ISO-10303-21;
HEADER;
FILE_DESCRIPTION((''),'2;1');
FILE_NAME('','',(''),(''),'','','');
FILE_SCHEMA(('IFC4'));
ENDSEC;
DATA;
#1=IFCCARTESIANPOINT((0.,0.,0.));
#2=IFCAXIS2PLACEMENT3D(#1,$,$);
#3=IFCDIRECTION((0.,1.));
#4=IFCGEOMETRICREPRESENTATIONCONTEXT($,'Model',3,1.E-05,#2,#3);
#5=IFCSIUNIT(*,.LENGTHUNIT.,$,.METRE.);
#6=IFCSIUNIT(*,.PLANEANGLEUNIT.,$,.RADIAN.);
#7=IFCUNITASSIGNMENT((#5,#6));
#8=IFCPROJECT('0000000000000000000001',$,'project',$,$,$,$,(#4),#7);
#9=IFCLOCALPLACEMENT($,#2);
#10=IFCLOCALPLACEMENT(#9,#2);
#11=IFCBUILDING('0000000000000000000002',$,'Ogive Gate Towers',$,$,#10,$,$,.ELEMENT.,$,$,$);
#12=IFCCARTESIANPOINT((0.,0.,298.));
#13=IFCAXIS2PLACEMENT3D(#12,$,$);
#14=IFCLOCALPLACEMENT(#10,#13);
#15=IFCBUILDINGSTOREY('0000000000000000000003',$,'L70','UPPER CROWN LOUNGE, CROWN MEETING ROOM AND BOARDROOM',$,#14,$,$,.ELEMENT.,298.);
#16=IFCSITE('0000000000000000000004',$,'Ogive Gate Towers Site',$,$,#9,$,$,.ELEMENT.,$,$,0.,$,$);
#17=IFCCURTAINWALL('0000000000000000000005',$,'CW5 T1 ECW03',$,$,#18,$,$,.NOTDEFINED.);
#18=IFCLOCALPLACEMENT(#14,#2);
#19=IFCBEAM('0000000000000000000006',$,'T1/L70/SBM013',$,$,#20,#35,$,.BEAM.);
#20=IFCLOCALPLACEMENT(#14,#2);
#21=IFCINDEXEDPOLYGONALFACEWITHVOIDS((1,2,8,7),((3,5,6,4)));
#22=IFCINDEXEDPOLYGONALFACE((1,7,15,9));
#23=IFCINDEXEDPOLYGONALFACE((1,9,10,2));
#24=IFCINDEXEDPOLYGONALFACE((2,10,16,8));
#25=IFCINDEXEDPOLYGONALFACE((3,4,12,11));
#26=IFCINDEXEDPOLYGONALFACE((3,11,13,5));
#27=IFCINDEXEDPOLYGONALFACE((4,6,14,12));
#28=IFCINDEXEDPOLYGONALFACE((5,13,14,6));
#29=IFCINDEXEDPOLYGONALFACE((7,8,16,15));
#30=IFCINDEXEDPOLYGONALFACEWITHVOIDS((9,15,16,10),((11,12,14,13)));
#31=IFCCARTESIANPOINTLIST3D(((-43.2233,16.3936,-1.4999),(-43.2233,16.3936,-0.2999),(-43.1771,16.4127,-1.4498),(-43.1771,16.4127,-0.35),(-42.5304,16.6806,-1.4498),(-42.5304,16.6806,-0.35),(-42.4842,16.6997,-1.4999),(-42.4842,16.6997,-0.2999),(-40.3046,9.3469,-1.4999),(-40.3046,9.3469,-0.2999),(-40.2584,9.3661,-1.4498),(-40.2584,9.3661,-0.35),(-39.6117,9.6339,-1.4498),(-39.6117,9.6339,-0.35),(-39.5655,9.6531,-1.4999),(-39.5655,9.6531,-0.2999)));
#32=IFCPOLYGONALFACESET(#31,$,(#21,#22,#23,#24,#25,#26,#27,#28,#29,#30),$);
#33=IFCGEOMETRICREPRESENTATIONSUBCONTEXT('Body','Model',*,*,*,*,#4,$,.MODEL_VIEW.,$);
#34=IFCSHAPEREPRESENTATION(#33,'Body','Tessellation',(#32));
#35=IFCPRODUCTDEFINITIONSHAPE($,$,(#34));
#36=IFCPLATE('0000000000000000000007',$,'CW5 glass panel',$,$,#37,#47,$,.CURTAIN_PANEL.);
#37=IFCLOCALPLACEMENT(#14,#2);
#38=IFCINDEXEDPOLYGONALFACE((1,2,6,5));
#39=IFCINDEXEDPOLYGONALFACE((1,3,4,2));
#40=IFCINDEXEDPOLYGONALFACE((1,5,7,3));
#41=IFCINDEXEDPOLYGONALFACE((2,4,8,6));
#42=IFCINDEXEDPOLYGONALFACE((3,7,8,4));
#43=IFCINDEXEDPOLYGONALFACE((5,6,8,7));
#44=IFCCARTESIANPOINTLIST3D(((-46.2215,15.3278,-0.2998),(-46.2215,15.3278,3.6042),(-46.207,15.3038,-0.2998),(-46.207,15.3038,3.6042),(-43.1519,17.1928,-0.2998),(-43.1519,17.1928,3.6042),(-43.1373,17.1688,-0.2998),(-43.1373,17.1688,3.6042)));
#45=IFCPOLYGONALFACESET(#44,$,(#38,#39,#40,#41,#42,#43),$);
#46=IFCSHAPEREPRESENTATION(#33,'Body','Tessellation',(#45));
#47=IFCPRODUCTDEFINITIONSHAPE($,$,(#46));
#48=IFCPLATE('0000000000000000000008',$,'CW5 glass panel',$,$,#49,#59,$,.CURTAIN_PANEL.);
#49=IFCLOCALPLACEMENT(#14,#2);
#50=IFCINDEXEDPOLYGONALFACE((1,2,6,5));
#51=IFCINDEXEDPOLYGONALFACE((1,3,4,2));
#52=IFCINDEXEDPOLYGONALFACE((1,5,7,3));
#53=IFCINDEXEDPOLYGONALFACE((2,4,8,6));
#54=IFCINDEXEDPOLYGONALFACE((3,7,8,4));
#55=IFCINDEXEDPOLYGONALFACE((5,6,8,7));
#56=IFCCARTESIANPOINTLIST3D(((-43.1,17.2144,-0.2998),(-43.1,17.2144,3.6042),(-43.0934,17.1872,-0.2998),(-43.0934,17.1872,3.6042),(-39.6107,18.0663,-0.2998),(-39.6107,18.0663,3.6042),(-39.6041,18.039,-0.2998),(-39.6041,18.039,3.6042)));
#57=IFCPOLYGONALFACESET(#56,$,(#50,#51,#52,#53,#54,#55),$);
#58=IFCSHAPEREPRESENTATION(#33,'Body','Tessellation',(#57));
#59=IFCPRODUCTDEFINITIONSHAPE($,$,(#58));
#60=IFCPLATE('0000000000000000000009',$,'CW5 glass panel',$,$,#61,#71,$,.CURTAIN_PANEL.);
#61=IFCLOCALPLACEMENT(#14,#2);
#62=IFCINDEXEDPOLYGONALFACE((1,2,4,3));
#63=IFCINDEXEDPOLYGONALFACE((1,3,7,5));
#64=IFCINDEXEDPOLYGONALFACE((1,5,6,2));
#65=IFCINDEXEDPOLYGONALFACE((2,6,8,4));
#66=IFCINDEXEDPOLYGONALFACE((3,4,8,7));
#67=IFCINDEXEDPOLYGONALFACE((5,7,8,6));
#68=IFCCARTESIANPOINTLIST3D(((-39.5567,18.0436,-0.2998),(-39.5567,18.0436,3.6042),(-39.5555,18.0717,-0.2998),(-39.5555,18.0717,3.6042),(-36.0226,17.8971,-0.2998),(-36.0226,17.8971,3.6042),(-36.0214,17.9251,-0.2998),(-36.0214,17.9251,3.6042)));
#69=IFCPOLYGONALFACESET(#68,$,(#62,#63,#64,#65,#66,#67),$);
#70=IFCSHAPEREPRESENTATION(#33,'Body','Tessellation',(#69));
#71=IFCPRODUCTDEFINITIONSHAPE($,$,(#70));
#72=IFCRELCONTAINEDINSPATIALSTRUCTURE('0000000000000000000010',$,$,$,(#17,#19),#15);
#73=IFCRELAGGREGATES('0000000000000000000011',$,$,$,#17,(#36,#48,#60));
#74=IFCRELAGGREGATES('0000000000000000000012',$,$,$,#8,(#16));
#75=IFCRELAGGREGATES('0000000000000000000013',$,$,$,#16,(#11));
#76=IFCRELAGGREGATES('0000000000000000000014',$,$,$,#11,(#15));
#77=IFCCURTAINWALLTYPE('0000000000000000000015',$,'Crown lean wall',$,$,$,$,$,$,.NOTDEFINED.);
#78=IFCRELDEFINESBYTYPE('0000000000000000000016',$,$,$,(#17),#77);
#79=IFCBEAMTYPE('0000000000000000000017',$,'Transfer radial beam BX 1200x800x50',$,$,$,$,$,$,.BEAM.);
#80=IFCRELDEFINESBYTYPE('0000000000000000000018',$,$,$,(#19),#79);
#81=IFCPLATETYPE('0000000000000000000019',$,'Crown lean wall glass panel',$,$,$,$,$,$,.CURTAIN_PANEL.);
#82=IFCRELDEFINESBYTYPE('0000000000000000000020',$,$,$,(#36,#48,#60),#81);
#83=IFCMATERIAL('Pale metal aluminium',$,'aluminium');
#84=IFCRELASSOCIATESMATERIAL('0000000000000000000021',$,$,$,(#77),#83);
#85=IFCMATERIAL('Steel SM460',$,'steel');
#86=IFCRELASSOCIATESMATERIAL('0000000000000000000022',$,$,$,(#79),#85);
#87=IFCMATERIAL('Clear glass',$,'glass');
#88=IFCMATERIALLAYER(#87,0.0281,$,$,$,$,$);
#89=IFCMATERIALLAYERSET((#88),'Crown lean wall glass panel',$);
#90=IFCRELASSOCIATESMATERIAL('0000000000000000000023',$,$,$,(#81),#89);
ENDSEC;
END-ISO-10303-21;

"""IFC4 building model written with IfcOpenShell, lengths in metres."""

from ifc_helpers import new_model, si_unit, direction, frame, origin, origin_2d, place, context, subcontext, project, spatial, rectangle, hollow_rectangle, extrude, material, layer, layer_set, material_profile, profile_set, type_object, element, aggregate, save


model = new_model("IFC4")

# Units and contexts
model_context = context("Model", 3, precision=1e-05, world=origin(), true_north=direction((0.0, 1.0)))
body_context = subcontext(model_context, "Body", "Model", "MODEL_VIEW")
ifc_project = project(units=[si_unit("LENGTHUNIT", "METRE"), si_unit("PLANEANGLEUNIT", "RADIAN")], contexts=[model_context])

# Site, building, storey
site_placement = place(None, origin())
site = spatial("IfcSite", under=ifc_project, at=site_placement, Name="Ogive Gate Towers Site", CompositionType="ELEMENT", RefElevation=0.0)
building_placement = place(site_placement, origin())
building = spatial("IfcBuilding", under=site, at=building_placement, Name="Ogive Gate Towers", CompositionType="ELEMENT")
storey_placement = place(building_placement, frame((0.0, 0.0, 298.0)))
storey = spatial("IfcBuildingStorey", under=building, at=storey_placement, Name="L70", Description="UPPER CROWN LOUNGE, CROWN MEETING ROOM AND BOARDROOM", CompositionType="ELEMENT", Elevation=298.0)

# Shared definitions
ifc_material_1 = material(Name="Steel SM460", Category="steel")

# Shared definitions
ifc_material_2 = material(Name="Pale metal aluminium", Category="aluminium")
curtain_wall_type = type_object("IfcCurtainWallType", Name="Crown lean wall", PredefinedType="NOTDEFINED", material=ifc_material_2)

# Curtain wall
curtain_wall_1_placement = place(storey_placement, origin())
curtain_wall_1 = element("IfcCurtainWall", 1, at=curtain_wall_1_placement, inside=storey, type_object=curtain_wall_type, Name="CW5 T1 ECW03", PredefinedType="NOTDEFINED")

# Beam
ifc_material_profile_1 = material_profile(ifc_material_1, hollow_rectangle(XDim=0.8, YDim=1.2, WallThickness=0.05, at=origin_2d()), Name="BX 1200x800x50")
ifc_profile_set_1 = profile_set([ifc_material_profile_1], Name="Steel SM460")
beam_type_1 = type_object("IfcBeamType", Name="Transfer radial beam BX 1200x800x50", PredefinedType="BEAM", material=ifc_profile_set_1)
beam_1_placement = place(storey_placement, frame((-39.9351, 9.5, -0.8999), z_axis=(-0.382671, 0.923885, 0.0), x_axis=(-0.923885, -0.382671, 0.0)))
element("IfcBeam", 2, at=beam_1_placement, inside=storey, type_object=beam_type_1, Name="T1/L70/SBM013", PredefinedType="BEAM", context=body_context, shape_type="SweptSolid", body=[
    extrude(hollow_rectangle(XDim=0.8, YDim=1.2, WallThickness=0.05, at=origin_2d()), origin(), (0.0, 0.0, 1.0), 7.6272),
])

# Plates
ifc_material_3 = material(Name="Clear glass", Category="glass")
ifc_layer = layer(ifc_material_3, 0.0281)
ifc_layer_set = layer_set([ifc_layer], Name="Crown lean wall glass panel")
plate_type = type_object("IfcPlateType", Name="Crown lean wall glass panel", PredefinedType="CURTAIN_PANEL", material=ifc_layer_set)
plate_1_placement = place(storey_placement, frame((-44.6794, 16.2483, -0.2998), z_axis=(0.0, 0.0, 1.0), x_axis=(0.854622, 0.519251, 0.0)))
plate_1 = element("IfcPlate", 3, at=plate_1_placement, type_object=plate_type, Name="CW5 glass panel", PredefinedType="CURTAIN_PANEL", context=body_context, shape_type="SweptSolid", body=[
    extrude(rectangle(XDim=3.5918, YDim=0.0281, at=origin_2d()), origin(), (0.0, 0.0, 1.0), 3.9041),
])
plate_2_placement = place(storey_placement, frame((-41.3521, 17.6267, -0.2998), z_axis=(0.0, 0.0, 1.0), x_axis=(0.971471, 0.23716, 0.0)))
plate_2 = element("IfcPlate", 4, at=plate_2_placement, type_object=plate_type, Name="CW5 glass panel", PredefinedType="CURTAIN_PANEL", context=body_context, shape_type="SweptSolid", body=[
    extrude(rectangle(XDim=3.5918, YDim=0.0281, at=origin_2d()), origin(), (0.0, 0.0, 1.0), 3.9041),
])
plate_3_placement = place(storey_placement, frame((-37.7891, 17.9844, -0.2998), z_axis=(0.0, 0.0, 1.0), x_axis=(0.999141, -0.04144, 0.0)))
plate_3 = element("IfcPlate", 5, at=plate_3_placement, type_object=plate_type, Name="CW5 glass panel", PredefinedType="CURTAIN_PANEL", context=body_context, shape_type="SweptSolid", body=[
    extrude(rectangle(XDim=3.5371, YDim=0.0281, at=origin_2d()), origin(), (0.0, 0.0, 1.0), 3.9041),
])
aggregate(curtain_wall_1, [plate_1, plate_2, plate_3])

save(model, "model.ifc")
